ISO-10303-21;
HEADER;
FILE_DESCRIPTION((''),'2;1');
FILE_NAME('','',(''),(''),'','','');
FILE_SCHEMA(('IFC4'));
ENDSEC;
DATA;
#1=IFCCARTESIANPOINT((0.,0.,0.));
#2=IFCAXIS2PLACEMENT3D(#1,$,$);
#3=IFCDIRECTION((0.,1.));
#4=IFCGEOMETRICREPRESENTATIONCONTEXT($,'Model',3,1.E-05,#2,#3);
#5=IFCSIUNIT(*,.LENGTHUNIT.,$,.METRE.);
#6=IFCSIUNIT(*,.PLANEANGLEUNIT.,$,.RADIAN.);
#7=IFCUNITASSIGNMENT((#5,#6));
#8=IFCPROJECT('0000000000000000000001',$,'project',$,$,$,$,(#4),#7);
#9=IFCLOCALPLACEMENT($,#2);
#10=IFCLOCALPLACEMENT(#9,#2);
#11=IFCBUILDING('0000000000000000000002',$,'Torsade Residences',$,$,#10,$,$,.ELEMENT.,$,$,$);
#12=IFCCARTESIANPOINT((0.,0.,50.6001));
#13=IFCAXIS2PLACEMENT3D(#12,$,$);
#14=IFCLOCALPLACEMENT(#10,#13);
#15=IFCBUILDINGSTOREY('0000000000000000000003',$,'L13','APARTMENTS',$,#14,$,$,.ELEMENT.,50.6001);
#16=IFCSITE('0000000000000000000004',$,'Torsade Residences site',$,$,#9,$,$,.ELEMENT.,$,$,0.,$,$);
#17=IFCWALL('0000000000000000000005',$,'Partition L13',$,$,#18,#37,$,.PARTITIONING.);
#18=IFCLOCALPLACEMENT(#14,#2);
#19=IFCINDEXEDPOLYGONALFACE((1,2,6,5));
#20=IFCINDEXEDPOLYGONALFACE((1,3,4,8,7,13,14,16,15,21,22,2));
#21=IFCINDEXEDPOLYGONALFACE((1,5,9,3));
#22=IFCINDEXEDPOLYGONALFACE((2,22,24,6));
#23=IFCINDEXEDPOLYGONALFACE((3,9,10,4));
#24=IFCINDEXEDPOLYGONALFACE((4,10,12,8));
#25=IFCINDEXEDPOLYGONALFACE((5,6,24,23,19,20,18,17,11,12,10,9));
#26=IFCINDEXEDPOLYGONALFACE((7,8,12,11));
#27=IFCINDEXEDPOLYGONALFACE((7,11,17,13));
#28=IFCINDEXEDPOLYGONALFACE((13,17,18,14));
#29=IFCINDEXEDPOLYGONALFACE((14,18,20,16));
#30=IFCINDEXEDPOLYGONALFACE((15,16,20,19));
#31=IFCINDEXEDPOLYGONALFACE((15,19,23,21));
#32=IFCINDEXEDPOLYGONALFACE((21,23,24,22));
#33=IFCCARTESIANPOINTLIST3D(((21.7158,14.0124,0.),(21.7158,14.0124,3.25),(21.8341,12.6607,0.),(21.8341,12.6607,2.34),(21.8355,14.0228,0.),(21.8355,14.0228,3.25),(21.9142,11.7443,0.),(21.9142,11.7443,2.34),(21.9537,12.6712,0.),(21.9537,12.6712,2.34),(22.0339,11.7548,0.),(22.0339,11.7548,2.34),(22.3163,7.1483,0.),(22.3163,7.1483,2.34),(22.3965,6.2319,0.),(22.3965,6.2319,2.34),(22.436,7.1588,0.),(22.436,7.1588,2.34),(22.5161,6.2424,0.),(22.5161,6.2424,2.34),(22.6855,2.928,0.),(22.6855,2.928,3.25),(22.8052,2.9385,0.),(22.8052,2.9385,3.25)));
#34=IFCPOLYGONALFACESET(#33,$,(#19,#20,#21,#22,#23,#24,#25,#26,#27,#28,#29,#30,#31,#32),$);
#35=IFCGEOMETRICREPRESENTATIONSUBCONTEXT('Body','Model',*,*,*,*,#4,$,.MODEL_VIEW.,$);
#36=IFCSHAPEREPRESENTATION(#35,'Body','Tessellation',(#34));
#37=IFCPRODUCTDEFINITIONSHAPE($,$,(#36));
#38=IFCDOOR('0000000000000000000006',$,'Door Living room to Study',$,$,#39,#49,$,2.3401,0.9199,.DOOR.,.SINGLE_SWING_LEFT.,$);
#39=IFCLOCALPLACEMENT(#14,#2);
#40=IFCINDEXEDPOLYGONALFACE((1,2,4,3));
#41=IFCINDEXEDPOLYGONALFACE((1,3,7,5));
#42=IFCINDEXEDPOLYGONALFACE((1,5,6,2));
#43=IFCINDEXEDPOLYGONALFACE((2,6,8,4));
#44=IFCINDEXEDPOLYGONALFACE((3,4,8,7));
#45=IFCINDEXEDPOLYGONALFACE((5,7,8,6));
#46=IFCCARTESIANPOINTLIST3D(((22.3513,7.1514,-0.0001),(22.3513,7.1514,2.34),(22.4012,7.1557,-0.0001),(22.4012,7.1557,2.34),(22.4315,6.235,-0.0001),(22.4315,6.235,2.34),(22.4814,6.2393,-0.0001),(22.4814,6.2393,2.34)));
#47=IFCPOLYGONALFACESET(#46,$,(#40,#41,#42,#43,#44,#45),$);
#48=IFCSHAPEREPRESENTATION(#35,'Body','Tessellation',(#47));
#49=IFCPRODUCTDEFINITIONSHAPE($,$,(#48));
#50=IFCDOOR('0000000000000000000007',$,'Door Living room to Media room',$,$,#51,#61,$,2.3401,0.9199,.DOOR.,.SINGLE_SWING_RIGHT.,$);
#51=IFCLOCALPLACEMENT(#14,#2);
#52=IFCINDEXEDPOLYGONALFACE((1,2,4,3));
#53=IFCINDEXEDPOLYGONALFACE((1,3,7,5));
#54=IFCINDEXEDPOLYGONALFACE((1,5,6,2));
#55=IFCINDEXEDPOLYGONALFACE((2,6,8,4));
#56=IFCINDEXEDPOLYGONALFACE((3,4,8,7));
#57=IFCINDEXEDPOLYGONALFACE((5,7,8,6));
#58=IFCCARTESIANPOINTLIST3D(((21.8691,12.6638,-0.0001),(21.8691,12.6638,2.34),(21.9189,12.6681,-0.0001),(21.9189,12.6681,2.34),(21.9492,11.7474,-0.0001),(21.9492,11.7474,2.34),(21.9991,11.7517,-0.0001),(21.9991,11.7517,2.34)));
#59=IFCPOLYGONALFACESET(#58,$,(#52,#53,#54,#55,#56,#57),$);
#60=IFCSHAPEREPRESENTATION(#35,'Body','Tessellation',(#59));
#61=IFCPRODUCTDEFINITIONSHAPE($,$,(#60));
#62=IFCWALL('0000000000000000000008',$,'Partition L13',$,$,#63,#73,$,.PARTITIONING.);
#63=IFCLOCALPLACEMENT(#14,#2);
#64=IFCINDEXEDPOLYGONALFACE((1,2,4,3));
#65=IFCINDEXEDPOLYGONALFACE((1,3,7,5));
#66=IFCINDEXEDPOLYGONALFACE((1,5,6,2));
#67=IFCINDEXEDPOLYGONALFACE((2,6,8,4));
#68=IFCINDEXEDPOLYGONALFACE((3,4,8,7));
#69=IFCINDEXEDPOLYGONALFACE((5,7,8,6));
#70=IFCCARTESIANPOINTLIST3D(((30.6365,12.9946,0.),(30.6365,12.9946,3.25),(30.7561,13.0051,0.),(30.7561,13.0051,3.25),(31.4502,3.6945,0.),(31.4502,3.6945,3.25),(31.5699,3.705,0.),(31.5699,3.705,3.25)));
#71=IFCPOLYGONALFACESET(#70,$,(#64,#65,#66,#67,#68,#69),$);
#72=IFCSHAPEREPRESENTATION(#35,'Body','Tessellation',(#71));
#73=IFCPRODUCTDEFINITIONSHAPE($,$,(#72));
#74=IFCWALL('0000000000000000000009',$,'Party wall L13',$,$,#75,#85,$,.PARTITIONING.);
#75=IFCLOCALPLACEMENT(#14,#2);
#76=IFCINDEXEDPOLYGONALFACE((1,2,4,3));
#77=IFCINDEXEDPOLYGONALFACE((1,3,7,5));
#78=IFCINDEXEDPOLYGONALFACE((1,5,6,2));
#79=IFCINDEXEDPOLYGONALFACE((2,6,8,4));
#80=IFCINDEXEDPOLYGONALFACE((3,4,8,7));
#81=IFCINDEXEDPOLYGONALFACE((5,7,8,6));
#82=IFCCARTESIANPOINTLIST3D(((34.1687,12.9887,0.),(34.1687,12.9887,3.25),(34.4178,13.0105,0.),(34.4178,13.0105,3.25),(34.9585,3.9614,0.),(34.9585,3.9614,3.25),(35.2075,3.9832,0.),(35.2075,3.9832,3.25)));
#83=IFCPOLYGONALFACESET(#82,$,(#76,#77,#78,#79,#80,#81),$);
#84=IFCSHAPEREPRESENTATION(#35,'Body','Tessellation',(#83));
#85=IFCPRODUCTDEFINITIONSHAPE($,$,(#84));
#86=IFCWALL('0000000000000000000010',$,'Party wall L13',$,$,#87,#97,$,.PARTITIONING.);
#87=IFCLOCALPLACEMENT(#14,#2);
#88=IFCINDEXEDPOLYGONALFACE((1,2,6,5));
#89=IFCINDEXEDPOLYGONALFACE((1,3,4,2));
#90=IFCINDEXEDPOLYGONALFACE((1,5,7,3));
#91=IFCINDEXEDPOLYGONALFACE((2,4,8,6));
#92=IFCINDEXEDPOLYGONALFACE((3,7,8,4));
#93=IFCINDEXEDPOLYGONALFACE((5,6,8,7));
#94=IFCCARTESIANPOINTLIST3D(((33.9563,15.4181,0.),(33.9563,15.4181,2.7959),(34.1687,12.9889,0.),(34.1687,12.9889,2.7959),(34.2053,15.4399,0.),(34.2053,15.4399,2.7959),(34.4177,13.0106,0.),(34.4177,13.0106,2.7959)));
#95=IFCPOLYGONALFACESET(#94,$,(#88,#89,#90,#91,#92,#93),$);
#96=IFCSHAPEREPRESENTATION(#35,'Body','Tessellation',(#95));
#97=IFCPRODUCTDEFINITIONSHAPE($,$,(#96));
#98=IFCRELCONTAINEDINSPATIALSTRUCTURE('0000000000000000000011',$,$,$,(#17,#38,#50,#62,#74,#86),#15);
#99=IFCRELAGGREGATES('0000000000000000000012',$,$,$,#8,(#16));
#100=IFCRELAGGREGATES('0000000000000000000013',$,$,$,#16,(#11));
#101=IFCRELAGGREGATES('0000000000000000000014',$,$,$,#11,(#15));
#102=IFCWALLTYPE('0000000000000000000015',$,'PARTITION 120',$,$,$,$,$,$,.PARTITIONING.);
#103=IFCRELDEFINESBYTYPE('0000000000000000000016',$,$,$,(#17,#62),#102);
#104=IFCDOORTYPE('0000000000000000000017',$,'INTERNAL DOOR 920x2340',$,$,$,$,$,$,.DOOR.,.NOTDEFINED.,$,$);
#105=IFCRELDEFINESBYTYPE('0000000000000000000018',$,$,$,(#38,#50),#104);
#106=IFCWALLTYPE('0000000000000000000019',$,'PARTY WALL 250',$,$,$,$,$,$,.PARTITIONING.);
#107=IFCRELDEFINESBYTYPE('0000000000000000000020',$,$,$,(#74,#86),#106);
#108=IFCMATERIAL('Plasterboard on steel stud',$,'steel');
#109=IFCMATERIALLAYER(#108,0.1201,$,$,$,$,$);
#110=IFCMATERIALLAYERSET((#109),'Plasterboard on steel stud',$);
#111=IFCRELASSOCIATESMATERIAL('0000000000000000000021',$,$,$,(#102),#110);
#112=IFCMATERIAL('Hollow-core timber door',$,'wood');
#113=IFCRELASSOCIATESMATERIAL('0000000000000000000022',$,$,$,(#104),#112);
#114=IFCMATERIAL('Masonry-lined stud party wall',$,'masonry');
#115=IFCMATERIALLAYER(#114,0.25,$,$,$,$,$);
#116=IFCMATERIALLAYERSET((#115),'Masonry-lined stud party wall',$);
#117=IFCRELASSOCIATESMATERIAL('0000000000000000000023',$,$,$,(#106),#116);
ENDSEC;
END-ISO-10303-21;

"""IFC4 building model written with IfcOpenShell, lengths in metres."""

from ifc_helpers import new_model, si_unit, direction, frame, frame_2d, origin, place, context, subcontext, project, spatial, rectangle, extrude, material, layer, layer_set, type_object, element, fill, save


model = new_model("IFC4")

# Units and contexts
model_context = context("Model", 3, precision=1e-05, world=origin(), true_north=direction((0.0, 1.0)))
body_context = subcontext(model_context, "Body", "Model", "MODEL_VIEW")
ifc_project = project(units=[si_unit("LENGTHUNIT", "METRE"), si_unit("PLANEANGLEUNIT", "RADIAN")], contexts=[model_context])

# Site, building, storey
site_placement = place(None, origin())
site = spatial("IfcSite", under=ifc_project, at=site_placement, Name="Torsade Residences site", CompositionType="ELEMENT", RefElevation=0.0)
building_placement = place(site_placement, origin())
building = spatial("IfcBuilding", under=site, at=building_placement, Name="Torsade Residences", CompositionType="ELEMENT")
storey_placement = place(building_placement, frame((0.0, 0.0, 50.6001)))
storey = spatial("IfcBuildingStorey", under=building, at=storey_placement, Name="L13", Description="APARTMENTS", CompositionType="ELEMENT", Elevation=50.6001)

# Shared definitions
ifc_material_1 = material(Name="Plasterboard on steel stud", Category="steel")
ifc_layer_1 = layer(ifc_material_1, 0.1201)
ifc_layer_set_1 = layer_set([ifc_layer_1], Name="Plasterboard on steel stud")
wall_type_1 = type_object("IfcWallType", Name="PARTITION 120", PredefinedType="PARTITIONING", material=ifc_layer_set_1)

# Wall, openings, doors
wall_1_placement = place(storey_placement, frame((22.7454, 2.9331, 0.0), z_axis=(0.0, 0.0, 1.0), x_axis=(-0.087152, 0.996195, 0.0)))
wall_1 = element("IfcWall", 1, at=wall_1_placement, inside=storey, type_object=wall_type_1, Name="Partition L13", PredefinedType="PARTITIONING", context=body_context, shape_type="SweptSolid", body=[
    extrude(rectangle(XDim=11.1267, YDim=0.1201, at=frame_2d((5.5635, 0.0))), origin(), (0.0, 0.0, 1.0), 3.25),
])
opening_1_placement = place(wall_1_placement, frame((3.3167, 0.0, 0.0)))
opening_1 = element("IfcOpeningElement", 2, at=opening_1_placement, cuts=wall_1, PredefinedType="OPENING", context=body_context, shape_type="SweptSolid", body=[
    extrude(rectangle(XDim=0.9199, YDim=2.3401, at=frame_2d((0.46, 1.1699))), frame((0.0, 0.0701, 0.0), z_axis=(0.0, -1.0, 0.0), x_axis=(1.0, 0.0, 0.0)), (0.0, 0.0, 1.0), 0.1401),
])
opening_2_placement = place(wall_1_placement, frame((8.8501, 0.0, 0.0)))
opening_2 = element("IfcOpeningElement", 3, at=opening_2_placement, cuts=wall_1, PredefinedType="OPENING", context=body_context, shape_type="SweptSolid", body=[
    extrude(rectangle(XDim=0.9199, YDim=2.3401, at=frame_2d((0.46, 1.1699))), frame((0.0, 0.0701, 0.0), z_axis=(0.0, -1.0, 0.0), x_axis=(1.0, 0.0, 0.0)), (0.0, 0.0, 1.0), 0.1401),
])
ifc_material_2 = material(Name="Hollow-core timber door", Category="wood")
door_type_1 = type_object("IfcDoorType", Name="INTERNAL DOOR 920x2340", OperationType="NOTDEFINED", PredefinedType="DOOR", material=ifc_material_2)
door_1_placement = place(opening_1_placement, origin())
door_1 = element("IfcDoor", 4, at=door_1_placement, inside=storey, type_object=door_type_1, Name="Door Living room to Study", OperationType="SINGLE_SWING_LEFT", OverallHeight=2.3401, OverallWidth=0.9199, PredefinedType="DOOR", context=body_context, shape_type="SweptSolid", body=[
    extrude(rectangle(XDim=0.9199, YDim=2.3401, at=frame_2d((0.46, 1.1699))), frame((0.0, 0.0249, 0.0), z_axis=(0.0, -1.0, 0.0), x_axis=(1.0, 0.0, 0.0)), (0.0, 0.0, 1.0), 0.05),
])
fill(opening_1, door_1)
door_2_placement = place(opening_2_placement, origin())
door_2 = element("IfcDoor", 5, at=door_2_placement, inside=storey, type_object=door_type_1, Name="Door Living room to Media room", OperationType="SINGLE_SWING_RIGHT", OverallHeight=2.3401, OverallWidth=0.9199, PredefinedType="DOOR", context=body_context, shape_type="SweptSolid", body=[
    extrude(rectangle(XDim=0.9199, YDim=2.3401, at=frame_2d((0.46, 1.1699))), frame((0.0, 0.0249, 0.0), z_axis=(0.0, -1.0, 0.0), x_axis=(1.0, 0.0, 0.0)), (0.0, 0.0, 1.0), 0.05),
])
fill(opening_2, door_2)

# Walls
wall_2_placement = place(storey_placement, frame((30.6963, 13.0, 0.0), z_axis=(0.0, 0.0, 1.0), x_axis=(0.087163, -0.996194, 0.0)))
element("IfcWall", 6, at=wall_2_placement, inside=storey, type_object=wall_type_1, Name="Partition L13", PredefinedType="PARTITIONING", context=body_context, shape_type="SweptSolid", body=[
    extrude(rectangle(XDim=9.3357, YDim=0.1201, at=frame_2d((4.668, 0.0))), origin(), (0.0, 0.0, 1.0), 3.25),
])
ifc_material_3 = material(Name="Masonry-lined stud party wall", Category="masonry")
ifc_layer_2 = layer(ifc_material_3, 0.25)
ifc_layer_set_2 = layer_set([ifc_layer_2], Name="Masonry-lined stud party wall")
wall_type_2 = type_object("IfcWallType", Name="PARTY WALL 250", PredefinedType="PARTITIONING", material=ifc_layer_set_2)
wall_3_placement = place(storey_placement, frame((35.083, 3.9724, 0.0), z_axis=(0.0, 0.0, 1.0), x_axis=(-0.087156, 0.996195, 0.0)))
element("IfcWall", 7, at=wall_3_placement, inside=storey, type_object=wall_type_2, Name="Party wall L13", PredefinedType="PARTITIONING", context=body_context, shape_type="SweptSolid", body=[
    extrude(rectangle(XDim=9.0618, YDim=0.25, at=frame_2d((4.5308, 0.0))), origin(), (0.0, 0.0, 1.0), 3.25),
])
wall_4_placement = place(storey_placement, frame((34.2932, 12.9998, 0.0), z_axis=(0.0, 0.0, 1.0), x_axis=(-0.087105, 0.996199, 0.0)))
element("IfcWall", 8, at=wall_4_placement, inside=storey, type_object=wall_type_2, Name="Party wall L13", PredefinedType="PARTITIONING", context=body_context, shape_type="SweptSolid", body=[
    extrude(rectangle(XDim=2.4385, YDim=0.25, at=frame_2d((1.2192, 0.0))), origin(), (0.0, 0.0, 1.0), 2.7959),
])

save(model, "model.ifc")
